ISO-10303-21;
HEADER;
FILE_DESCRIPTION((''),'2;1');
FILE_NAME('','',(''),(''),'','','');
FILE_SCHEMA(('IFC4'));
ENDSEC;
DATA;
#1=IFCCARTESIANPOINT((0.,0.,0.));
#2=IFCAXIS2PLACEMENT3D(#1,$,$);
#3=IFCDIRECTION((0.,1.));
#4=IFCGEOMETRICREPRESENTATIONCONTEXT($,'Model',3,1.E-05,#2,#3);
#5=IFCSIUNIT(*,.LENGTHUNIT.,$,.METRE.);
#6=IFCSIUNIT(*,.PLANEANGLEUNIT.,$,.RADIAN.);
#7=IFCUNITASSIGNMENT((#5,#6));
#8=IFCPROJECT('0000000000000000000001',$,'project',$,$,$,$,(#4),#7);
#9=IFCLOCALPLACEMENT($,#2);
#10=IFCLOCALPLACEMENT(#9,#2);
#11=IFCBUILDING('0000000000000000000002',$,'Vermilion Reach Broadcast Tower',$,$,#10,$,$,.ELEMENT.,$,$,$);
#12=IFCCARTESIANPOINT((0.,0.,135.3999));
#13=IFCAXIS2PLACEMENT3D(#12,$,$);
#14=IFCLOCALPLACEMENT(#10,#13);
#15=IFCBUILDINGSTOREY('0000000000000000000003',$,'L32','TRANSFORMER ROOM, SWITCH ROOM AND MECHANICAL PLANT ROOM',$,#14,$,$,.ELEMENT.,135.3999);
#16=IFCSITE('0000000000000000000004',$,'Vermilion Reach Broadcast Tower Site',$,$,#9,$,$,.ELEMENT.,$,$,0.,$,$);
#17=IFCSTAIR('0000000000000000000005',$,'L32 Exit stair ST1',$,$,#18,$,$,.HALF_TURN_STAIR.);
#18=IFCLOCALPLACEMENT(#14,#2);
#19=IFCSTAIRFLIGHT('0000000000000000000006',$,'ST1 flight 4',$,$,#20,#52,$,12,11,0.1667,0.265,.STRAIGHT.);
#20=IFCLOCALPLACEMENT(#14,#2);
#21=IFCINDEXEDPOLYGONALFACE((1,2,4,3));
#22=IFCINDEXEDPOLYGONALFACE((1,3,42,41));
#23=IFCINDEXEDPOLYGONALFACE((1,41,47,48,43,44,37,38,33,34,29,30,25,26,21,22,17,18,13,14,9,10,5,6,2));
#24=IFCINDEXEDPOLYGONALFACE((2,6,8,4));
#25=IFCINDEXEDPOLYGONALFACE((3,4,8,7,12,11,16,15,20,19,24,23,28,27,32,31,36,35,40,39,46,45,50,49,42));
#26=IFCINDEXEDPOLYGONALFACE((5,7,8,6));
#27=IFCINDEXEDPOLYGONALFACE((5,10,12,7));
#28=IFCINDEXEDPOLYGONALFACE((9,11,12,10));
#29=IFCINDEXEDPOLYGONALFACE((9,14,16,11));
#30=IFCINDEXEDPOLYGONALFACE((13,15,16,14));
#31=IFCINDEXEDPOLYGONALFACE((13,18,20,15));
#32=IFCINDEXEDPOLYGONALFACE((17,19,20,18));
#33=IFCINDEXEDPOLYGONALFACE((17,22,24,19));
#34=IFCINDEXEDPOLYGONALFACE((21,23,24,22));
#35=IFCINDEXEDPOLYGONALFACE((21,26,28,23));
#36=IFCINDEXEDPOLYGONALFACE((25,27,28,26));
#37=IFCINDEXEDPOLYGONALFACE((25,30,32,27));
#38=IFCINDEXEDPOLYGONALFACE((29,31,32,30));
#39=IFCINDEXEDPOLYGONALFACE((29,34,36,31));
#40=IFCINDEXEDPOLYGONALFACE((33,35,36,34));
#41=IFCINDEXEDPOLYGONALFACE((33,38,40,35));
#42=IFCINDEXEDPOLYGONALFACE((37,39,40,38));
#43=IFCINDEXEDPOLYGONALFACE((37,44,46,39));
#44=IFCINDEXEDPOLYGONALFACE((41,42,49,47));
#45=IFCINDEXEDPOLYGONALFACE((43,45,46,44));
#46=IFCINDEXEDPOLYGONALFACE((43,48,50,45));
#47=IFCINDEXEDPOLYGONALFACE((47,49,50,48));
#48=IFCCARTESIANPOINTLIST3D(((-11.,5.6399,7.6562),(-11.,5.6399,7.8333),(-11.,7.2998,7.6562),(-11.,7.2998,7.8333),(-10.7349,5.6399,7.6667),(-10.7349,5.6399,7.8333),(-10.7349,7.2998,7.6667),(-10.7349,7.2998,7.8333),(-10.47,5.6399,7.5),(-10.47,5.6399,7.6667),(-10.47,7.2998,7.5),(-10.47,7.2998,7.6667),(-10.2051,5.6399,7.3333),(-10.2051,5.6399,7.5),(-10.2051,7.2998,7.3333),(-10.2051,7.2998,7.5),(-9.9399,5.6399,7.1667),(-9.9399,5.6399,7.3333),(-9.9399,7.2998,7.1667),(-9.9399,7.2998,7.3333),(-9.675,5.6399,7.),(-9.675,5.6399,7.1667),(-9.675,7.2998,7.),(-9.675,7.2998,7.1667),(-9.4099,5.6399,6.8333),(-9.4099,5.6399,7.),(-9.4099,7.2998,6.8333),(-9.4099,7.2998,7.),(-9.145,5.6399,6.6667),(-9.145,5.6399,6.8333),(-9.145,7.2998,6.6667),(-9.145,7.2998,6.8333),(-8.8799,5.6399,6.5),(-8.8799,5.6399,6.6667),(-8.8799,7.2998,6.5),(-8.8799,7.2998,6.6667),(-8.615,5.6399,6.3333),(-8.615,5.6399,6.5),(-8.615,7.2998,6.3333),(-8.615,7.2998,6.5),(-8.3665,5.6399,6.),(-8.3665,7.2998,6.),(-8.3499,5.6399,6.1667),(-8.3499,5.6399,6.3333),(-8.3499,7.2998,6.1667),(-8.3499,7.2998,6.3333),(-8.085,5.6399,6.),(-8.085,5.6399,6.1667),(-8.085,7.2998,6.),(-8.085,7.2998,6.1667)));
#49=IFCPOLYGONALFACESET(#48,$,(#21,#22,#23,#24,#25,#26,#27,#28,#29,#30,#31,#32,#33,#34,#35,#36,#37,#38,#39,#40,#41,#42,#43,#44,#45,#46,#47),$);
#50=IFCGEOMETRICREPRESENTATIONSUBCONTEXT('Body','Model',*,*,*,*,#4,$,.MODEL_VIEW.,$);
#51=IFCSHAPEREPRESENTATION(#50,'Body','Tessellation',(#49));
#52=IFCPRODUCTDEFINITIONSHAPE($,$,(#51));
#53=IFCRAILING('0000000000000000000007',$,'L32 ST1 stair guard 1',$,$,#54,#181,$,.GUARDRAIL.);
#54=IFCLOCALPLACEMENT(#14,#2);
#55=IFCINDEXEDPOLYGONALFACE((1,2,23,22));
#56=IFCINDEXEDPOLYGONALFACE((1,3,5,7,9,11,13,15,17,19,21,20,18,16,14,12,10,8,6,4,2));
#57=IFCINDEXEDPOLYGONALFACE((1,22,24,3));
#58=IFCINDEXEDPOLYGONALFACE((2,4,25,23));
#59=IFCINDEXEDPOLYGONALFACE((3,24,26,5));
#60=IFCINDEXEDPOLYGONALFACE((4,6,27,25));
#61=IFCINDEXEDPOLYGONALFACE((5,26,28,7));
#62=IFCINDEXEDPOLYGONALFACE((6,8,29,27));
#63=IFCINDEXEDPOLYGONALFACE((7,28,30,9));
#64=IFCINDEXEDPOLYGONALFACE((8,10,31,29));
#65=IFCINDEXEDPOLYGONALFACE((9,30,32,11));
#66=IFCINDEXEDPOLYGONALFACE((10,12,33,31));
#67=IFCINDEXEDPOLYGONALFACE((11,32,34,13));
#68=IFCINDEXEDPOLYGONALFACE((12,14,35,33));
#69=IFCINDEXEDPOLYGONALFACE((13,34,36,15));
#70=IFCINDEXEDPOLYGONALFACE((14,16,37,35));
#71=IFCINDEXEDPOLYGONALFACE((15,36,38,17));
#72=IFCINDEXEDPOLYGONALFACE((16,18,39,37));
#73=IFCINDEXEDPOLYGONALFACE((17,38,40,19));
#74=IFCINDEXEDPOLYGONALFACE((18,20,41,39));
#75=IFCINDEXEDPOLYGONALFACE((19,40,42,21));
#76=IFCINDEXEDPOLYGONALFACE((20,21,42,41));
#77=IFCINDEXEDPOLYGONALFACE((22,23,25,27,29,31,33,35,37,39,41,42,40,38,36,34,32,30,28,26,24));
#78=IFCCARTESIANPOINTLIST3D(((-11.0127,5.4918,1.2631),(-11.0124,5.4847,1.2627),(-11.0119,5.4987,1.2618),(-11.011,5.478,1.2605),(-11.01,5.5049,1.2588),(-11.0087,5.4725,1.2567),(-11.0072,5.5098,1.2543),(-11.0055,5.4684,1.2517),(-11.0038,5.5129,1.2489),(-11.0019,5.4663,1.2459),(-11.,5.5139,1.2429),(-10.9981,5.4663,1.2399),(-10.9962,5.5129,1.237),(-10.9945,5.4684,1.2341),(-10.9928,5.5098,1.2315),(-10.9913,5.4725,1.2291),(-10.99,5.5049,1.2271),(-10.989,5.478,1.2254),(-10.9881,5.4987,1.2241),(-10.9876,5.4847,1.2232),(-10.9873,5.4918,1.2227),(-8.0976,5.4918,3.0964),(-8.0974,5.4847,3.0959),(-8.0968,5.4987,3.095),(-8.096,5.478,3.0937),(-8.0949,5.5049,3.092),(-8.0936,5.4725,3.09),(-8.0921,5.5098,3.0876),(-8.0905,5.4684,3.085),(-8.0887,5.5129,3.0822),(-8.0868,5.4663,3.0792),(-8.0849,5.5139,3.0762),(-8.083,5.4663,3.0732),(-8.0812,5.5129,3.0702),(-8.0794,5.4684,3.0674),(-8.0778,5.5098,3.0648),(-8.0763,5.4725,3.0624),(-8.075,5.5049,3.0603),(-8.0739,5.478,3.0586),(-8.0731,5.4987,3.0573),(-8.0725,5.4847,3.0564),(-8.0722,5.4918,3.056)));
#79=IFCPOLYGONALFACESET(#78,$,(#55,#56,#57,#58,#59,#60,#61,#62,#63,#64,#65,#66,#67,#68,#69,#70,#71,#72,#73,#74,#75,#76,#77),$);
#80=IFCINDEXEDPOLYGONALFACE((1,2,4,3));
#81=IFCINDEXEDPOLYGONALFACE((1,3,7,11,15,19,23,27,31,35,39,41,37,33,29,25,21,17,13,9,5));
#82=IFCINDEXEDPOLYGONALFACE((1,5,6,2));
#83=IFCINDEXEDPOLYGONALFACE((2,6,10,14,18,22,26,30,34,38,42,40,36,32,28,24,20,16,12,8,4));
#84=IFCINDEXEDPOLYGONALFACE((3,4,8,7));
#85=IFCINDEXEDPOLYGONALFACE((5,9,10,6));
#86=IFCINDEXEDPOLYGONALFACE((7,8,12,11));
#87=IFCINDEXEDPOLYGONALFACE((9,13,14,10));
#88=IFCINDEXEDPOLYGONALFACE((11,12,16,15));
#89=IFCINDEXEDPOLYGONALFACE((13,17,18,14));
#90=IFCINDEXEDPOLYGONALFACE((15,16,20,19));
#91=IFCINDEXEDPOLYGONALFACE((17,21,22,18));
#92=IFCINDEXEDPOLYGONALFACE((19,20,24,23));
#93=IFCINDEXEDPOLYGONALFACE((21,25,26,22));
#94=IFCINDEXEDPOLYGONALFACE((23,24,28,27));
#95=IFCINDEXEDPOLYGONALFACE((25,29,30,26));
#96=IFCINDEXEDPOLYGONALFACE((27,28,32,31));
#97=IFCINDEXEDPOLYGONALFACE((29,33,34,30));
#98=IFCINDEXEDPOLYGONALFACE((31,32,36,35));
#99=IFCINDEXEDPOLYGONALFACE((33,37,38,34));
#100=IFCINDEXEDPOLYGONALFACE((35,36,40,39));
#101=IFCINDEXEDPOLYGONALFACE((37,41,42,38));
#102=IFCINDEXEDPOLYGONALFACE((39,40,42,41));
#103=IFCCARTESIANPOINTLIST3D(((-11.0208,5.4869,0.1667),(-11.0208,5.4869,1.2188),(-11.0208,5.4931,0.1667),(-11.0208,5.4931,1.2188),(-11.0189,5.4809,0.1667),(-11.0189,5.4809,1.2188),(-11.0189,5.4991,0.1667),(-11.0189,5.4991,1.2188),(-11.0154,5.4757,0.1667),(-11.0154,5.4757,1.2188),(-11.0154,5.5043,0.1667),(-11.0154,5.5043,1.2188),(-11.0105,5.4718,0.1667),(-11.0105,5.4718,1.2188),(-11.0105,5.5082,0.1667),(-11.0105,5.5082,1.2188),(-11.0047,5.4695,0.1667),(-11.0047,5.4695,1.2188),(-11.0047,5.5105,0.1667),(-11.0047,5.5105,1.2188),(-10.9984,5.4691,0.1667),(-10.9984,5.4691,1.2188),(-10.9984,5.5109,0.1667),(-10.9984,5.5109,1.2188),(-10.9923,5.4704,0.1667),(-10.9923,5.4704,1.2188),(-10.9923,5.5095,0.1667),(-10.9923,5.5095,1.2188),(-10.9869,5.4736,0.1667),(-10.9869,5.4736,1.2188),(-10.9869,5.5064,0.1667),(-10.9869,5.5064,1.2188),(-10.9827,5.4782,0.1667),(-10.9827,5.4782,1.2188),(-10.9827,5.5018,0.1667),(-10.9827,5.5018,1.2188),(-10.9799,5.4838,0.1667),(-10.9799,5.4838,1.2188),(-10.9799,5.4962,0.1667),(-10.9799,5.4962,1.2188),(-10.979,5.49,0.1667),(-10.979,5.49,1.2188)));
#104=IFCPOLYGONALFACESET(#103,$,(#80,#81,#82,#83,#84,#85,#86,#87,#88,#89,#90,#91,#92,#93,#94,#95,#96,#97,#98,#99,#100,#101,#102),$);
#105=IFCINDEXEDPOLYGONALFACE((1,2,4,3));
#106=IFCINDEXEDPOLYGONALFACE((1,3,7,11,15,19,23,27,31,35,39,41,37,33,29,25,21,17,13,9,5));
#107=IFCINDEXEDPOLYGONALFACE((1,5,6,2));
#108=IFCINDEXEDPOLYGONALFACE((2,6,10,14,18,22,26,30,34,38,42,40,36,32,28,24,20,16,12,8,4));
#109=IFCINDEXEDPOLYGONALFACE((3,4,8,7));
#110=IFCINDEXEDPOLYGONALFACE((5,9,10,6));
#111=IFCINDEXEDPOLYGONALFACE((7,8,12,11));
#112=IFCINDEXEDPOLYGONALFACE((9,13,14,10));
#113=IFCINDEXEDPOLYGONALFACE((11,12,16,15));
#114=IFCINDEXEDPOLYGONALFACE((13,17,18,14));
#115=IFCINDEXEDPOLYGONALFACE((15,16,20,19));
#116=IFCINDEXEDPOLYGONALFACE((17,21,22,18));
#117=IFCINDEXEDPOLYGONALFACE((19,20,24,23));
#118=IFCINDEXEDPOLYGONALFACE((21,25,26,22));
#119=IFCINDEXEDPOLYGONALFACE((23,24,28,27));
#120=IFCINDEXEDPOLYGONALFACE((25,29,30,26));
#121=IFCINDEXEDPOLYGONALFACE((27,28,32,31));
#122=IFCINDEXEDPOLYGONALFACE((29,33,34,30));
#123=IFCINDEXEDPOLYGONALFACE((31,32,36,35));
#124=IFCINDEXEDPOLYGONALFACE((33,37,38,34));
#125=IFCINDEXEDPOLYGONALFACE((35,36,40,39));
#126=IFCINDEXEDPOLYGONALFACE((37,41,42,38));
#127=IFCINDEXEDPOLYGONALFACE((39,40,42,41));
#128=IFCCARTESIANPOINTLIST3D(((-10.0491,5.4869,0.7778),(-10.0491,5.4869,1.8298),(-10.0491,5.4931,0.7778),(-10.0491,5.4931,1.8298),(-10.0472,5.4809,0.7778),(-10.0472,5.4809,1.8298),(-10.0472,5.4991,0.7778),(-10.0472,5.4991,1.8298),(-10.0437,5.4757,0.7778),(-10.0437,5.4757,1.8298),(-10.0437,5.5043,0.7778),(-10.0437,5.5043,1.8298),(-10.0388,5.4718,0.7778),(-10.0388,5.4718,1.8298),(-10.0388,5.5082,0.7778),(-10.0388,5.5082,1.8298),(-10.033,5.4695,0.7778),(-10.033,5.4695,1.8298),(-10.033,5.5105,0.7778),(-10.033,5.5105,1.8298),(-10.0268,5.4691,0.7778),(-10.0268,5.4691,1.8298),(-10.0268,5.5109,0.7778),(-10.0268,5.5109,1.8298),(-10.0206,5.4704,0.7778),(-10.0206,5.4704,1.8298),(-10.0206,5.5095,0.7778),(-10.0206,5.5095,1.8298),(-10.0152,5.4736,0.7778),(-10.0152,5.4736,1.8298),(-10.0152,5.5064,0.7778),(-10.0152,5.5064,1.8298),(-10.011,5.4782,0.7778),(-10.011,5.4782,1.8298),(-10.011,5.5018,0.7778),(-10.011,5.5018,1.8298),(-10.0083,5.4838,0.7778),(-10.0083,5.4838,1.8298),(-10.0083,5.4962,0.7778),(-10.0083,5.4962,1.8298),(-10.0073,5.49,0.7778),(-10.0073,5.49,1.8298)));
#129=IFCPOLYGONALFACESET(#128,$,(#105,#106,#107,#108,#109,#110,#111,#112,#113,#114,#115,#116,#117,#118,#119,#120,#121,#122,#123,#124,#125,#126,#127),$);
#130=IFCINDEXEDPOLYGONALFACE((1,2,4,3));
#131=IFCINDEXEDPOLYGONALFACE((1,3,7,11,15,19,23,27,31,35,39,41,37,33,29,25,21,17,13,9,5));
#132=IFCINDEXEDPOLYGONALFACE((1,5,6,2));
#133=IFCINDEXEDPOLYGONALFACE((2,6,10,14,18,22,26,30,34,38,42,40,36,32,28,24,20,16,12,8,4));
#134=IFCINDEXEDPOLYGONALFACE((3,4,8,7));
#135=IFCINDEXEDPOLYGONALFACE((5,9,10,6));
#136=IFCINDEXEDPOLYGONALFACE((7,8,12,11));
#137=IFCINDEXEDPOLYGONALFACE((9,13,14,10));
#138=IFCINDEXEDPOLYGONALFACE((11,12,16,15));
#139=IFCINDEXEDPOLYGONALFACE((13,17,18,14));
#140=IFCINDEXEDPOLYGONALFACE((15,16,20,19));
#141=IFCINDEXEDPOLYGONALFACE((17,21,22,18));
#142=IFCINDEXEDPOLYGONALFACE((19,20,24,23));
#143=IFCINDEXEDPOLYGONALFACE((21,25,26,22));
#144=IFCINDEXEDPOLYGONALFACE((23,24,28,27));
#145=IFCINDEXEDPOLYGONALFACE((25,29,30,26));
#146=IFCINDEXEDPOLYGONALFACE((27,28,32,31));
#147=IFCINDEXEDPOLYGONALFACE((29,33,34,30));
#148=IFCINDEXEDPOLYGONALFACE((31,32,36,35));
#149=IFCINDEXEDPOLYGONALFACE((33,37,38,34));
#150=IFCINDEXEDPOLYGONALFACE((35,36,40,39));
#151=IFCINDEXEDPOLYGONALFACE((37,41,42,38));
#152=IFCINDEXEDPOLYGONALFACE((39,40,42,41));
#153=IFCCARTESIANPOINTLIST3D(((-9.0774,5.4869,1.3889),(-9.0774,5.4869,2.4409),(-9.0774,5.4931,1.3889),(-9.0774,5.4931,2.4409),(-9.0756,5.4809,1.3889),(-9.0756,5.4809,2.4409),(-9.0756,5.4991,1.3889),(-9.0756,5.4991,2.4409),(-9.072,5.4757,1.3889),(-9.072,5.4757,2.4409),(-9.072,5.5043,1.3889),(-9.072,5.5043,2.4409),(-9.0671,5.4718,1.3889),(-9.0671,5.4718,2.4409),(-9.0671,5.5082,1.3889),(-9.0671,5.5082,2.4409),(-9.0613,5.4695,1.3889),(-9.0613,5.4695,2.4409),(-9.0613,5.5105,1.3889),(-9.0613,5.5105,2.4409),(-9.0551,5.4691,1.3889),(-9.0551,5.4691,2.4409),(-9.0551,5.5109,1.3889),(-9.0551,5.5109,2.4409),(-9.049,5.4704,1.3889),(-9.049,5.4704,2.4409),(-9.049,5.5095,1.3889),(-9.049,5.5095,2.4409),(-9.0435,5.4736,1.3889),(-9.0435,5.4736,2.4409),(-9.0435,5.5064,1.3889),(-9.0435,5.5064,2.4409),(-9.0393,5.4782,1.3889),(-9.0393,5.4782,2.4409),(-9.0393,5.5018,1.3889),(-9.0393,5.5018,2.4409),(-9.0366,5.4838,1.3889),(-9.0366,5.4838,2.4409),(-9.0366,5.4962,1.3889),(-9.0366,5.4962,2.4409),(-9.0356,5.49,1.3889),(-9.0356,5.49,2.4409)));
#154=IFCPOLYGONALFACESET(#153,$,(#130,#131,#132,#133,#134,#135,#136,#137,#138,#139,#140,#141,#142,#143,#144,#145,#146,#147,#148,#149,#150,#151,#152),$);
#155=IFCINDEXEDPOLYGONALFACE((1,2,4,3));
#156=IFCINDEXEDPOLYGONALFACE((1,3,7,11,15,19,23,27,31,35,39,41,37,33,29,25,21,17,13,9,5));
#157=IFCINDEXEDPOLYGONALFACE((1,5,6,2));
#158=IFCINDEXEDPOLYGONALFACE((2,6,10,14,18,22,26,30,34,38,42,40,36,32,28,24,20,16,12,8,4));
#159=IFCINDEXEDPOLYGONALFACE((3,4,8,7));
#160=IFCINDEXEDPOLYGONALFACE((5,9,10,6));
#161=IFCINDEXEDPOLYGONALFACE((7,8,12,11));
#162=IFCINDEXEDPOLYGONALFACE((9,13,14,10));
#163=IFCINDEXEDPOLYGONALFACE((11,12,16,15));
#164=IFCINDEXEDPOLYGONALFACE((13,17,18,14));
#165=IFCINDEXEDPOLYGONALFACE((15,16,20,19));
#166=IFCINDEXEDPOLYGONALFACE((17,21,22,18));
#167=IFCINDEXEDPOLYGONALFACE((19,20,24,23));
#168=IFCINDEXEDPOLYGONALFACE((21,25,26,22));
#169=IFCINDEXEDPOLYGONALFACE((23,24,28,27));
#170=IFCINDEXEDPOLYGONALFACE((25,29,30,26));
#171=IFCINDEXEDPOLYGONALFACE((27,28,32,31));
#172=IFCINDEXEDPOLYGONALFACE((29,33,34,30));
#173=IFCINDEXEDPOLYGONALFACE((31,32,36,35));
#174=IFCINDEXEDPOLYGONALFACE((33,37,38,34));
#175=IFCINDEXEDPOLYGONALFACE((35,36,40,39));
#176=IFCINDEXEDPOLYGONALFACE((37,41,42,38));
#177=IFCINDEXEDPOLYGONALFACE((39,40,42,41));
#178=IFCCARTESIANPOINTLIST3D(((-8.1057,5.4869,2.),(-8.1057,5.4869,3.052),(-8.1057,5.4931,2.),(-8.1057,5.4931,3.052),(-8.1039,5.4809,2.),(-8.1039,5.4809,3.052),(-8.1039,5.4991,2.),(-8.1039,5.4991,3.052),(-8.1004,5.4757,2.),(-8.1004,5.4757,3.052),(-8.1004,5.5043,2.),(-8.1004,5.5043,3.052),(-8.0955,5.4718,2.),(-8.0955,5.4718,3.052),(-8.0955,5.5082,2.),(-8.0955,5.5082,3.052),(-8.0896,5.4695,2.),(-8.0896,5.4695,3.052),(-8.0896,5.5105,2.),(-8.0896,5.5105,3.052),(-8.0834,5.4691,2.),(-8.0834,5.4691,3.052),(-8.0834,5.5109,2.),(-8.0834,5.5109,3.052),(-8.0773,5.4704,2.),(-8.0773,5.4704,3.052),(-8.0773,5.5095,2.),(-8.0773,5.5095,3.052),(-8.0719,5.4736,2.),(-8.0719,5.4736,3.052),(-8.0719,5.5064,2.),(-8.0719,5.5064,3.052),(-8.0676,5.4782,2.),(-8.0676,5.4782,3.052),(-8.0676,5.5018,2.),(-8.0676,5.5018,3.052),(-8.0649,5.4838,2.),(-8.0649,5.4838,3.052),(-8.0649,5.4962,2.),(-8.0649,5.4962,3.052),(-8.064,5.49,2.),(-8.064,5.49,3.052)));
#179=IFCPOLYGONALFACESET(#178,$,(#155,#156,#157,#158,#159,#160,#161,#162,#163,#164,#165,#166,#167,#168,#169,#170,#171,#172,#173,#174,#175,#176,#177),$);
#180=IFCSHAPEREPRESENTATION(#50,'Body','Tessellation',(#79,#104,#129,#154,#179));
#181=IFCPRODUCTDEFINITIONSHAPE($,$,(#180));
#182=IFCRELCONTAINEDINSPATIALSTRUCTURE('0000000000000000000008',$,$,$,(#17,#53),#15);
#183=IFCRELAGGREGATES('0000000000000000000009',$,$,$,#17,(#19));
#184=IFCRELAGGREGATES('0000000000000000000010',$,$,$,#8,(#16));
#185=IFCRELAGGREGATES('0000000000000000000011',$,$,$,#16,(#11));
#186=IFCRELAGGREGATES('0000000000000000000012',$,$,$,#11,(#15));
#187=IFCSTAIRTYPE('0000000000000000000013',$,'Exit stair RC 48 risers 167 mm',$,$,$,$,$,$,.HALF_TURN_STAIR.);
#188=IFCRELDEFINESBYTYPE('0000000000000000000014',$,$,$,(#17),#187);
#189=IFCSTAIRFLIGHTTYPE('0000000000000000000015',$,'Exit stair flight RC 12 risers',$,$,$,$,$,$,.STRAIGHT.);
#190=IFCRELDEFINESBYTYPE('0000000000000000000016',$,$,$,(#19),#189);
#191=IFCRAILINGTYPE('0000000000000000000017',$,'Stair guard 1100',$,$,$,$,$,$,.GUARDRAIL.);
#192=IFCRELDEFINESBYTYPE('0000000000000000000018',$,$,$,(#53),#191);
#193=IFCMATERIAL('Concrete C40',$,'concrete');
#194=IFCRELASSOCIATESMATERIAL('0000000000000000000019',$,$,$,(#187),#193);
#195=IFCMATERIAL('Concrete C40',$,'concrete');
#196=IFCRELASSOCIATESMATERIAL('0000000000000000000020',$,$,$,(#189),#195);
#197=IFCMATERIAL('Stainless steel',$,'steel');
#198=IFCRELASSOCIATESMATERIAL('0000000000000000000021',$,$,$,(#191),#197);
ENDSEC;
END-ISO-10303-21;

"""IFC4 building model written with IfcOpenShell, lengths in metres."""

from ifc_helpers import new_model, si_unit, direction, frame, origin, origin_2d, place, context, subcontext, project, spatial, polyline, circle, outline, extrude, material, type_object, element, aggregate, save


model = new_model("IFC4")

# Units and contexts
model_context = context("Model", 3, precision=1e-05, world=origin(), true_north=direction((0.0, 1.0)))
body_context = subcontext(model_context, "Body", "Model", "MODEL_VIEW")
ifc_project = project(units=[si_unit("LENGTHUNIT", "METRE"), si_unit("PLANEANGLEUNIT", "RADIAN")], contexts=[model_context])

# Site, building, storey
site_placement = place(None, origin())
site = spatial("IfcSite", under=ifc_project, at=site_placement, Name="Vermilion Reach Broadcast Tower Site", CompositionType="ELEMENT", RefElevation=0.0)
building_placement = place(site_placement, origin())
building = spatial("IfcBuilding", under=site, at=building_placement, Name="Vermilion Reach Broadcast Tower", CompositionType="ELEMENT")
storey_placement = place(building_placement, frame((0.0, 0.0, 135.3999)))
storey = spatial("IfcBuildingStorey", under=building, at=storey_placement, Name="L32", Description="TRANSFORMER ROOM, SWITCH ROOM AND MECHANICAL PLANT ROOM", CompositionType="ELEMENT", Elevation=135.3999)

# Stair, stair flight
ifc_material_1 = material(Name="Concrete C40", Category="concrete")
stair_type = type_object("IfcStairType", Name="Exit stair RC 48 risers 167 mm", PredefinedType="HALF_TURN_STAIR", material=ifc_material_1)
stair_placement = place(storey_placement, origin())
stair = element("IfcStair", 1, at=stair_placement, inside=storey, type_object=stair_type, Name="L32 Exit stair ST1", PredefinedType="HALF_TURN_STAIR")
ifc_material_2 = material(Name="Concrete C40", Category="concrete")
stair_flight_type = type_object("IfcStairFlightType", Name="Exit stair flight RC 12 risers", PredefinedType="STRAIGHT", material=ifc_material_2)
stair_flight_1_placement = place(storey_placement, frame((-8.085, 6.47, 6.0), z_axis=(0.0, 0.0, 1.0), x_axis=(-1.0, 0.0, 0.0)))
stair_flight_1 = element("IfcStairFlight", 2, at=stair_flight_1_placement, type_object=stair_flight_type, Name="ST1 flight 4", NumberOfRisers=12, NumberOfTreads=11, PredefinedType="STRAIGHT", RiserHeight=0.1667, TreadLength=0.265, context=body_context, shape_type="SweptSolid", body=[
    extrude(outline(polyline([(0.0, 0.0), (0.0, 0.1667), (0.2649, 0.1667), (0.2649, 0.3333), (0.53, 0.3333), (0.53, 0.5), (0.7949, 0.5), (0.7949, 0.6667), (1.0601, 0.6667), (1.0601, 0.8333), (1.325, 0.8333), (1.325, 1.0), (1.5901, 1.0), (1.5901, 1.1667), (1.855, 1.1667), (1.855, 1.3333), (2.1201, 1.3333), (2.1201, 1.5), (2.385, 1.5), (2.385, 1.6667), (2.6499, 1.6667), (2.6499, 1.8333), (2.915, 1.8333), (2.915, 2.0), (2.915, 1.6562), (0.2815, 0.0), (0.0, 0.0)])), frame((0.0, 0.8301, 0.0), z_axis=(0.0, -1.0, 0.0), x_axis=(1.0, 0.0, 0.0)), (0.0, 0.0, 1.0), 1.6599),
])
aggregate(stair, [stair_flight_1])

# Railing
ifc_material_3 = material(Name="Stainless steel", Category="steel")
railing_type_1 = type_object("IfcRailingType", Name="Stair guard 1100", PredefinedType="GUARDRAIL", material=ifc_material_3)
railing_1_placement = place(storey_placement, frame((-11.0, 5.49, 0.1667)))
element("IfcRailing", 3, at=railing_1_placement, inside=storey, type_object=railing_type_1, Name="L32 ST1 stair guard 1", PredefinedType="GUARDRAIL", context=body_context, shape_type="SweptSolid", body=[
    extrude(circle(Radius=0.0239, at=origin_2d()), frame((0.0, 0.0, 1.0762), z_axis=(0.846513, 0.0, 0.532368), x_axis=(0.0, 1.0, 0.0)), (0.0, 0.0, 1.0), 3.4436),
    extrude(circle(Radius=0.021, at=origin_2d()), origin(), (0.0, 0.0, 1.0), 1.052),
    extrude(circle(Radius=0.021, at=origin_2d()), frame((0.9717, 0.0, 0.6111)), (0.0, 0.0, 1.0), 1.052),
    extrude(circle(Radius=0.021, at=origin_2d()), frame((1.9434, 0.0, 1.2222)), (0.0, 0.0, 1.0), 1.052),
    extrude(circle(Radius=0.021, at=origin_2d()), frame((2.915, 0.0, 1.8333)), (0.0, 0.0, 1.0), 1.052),
])

save(model, "model.ifc")
